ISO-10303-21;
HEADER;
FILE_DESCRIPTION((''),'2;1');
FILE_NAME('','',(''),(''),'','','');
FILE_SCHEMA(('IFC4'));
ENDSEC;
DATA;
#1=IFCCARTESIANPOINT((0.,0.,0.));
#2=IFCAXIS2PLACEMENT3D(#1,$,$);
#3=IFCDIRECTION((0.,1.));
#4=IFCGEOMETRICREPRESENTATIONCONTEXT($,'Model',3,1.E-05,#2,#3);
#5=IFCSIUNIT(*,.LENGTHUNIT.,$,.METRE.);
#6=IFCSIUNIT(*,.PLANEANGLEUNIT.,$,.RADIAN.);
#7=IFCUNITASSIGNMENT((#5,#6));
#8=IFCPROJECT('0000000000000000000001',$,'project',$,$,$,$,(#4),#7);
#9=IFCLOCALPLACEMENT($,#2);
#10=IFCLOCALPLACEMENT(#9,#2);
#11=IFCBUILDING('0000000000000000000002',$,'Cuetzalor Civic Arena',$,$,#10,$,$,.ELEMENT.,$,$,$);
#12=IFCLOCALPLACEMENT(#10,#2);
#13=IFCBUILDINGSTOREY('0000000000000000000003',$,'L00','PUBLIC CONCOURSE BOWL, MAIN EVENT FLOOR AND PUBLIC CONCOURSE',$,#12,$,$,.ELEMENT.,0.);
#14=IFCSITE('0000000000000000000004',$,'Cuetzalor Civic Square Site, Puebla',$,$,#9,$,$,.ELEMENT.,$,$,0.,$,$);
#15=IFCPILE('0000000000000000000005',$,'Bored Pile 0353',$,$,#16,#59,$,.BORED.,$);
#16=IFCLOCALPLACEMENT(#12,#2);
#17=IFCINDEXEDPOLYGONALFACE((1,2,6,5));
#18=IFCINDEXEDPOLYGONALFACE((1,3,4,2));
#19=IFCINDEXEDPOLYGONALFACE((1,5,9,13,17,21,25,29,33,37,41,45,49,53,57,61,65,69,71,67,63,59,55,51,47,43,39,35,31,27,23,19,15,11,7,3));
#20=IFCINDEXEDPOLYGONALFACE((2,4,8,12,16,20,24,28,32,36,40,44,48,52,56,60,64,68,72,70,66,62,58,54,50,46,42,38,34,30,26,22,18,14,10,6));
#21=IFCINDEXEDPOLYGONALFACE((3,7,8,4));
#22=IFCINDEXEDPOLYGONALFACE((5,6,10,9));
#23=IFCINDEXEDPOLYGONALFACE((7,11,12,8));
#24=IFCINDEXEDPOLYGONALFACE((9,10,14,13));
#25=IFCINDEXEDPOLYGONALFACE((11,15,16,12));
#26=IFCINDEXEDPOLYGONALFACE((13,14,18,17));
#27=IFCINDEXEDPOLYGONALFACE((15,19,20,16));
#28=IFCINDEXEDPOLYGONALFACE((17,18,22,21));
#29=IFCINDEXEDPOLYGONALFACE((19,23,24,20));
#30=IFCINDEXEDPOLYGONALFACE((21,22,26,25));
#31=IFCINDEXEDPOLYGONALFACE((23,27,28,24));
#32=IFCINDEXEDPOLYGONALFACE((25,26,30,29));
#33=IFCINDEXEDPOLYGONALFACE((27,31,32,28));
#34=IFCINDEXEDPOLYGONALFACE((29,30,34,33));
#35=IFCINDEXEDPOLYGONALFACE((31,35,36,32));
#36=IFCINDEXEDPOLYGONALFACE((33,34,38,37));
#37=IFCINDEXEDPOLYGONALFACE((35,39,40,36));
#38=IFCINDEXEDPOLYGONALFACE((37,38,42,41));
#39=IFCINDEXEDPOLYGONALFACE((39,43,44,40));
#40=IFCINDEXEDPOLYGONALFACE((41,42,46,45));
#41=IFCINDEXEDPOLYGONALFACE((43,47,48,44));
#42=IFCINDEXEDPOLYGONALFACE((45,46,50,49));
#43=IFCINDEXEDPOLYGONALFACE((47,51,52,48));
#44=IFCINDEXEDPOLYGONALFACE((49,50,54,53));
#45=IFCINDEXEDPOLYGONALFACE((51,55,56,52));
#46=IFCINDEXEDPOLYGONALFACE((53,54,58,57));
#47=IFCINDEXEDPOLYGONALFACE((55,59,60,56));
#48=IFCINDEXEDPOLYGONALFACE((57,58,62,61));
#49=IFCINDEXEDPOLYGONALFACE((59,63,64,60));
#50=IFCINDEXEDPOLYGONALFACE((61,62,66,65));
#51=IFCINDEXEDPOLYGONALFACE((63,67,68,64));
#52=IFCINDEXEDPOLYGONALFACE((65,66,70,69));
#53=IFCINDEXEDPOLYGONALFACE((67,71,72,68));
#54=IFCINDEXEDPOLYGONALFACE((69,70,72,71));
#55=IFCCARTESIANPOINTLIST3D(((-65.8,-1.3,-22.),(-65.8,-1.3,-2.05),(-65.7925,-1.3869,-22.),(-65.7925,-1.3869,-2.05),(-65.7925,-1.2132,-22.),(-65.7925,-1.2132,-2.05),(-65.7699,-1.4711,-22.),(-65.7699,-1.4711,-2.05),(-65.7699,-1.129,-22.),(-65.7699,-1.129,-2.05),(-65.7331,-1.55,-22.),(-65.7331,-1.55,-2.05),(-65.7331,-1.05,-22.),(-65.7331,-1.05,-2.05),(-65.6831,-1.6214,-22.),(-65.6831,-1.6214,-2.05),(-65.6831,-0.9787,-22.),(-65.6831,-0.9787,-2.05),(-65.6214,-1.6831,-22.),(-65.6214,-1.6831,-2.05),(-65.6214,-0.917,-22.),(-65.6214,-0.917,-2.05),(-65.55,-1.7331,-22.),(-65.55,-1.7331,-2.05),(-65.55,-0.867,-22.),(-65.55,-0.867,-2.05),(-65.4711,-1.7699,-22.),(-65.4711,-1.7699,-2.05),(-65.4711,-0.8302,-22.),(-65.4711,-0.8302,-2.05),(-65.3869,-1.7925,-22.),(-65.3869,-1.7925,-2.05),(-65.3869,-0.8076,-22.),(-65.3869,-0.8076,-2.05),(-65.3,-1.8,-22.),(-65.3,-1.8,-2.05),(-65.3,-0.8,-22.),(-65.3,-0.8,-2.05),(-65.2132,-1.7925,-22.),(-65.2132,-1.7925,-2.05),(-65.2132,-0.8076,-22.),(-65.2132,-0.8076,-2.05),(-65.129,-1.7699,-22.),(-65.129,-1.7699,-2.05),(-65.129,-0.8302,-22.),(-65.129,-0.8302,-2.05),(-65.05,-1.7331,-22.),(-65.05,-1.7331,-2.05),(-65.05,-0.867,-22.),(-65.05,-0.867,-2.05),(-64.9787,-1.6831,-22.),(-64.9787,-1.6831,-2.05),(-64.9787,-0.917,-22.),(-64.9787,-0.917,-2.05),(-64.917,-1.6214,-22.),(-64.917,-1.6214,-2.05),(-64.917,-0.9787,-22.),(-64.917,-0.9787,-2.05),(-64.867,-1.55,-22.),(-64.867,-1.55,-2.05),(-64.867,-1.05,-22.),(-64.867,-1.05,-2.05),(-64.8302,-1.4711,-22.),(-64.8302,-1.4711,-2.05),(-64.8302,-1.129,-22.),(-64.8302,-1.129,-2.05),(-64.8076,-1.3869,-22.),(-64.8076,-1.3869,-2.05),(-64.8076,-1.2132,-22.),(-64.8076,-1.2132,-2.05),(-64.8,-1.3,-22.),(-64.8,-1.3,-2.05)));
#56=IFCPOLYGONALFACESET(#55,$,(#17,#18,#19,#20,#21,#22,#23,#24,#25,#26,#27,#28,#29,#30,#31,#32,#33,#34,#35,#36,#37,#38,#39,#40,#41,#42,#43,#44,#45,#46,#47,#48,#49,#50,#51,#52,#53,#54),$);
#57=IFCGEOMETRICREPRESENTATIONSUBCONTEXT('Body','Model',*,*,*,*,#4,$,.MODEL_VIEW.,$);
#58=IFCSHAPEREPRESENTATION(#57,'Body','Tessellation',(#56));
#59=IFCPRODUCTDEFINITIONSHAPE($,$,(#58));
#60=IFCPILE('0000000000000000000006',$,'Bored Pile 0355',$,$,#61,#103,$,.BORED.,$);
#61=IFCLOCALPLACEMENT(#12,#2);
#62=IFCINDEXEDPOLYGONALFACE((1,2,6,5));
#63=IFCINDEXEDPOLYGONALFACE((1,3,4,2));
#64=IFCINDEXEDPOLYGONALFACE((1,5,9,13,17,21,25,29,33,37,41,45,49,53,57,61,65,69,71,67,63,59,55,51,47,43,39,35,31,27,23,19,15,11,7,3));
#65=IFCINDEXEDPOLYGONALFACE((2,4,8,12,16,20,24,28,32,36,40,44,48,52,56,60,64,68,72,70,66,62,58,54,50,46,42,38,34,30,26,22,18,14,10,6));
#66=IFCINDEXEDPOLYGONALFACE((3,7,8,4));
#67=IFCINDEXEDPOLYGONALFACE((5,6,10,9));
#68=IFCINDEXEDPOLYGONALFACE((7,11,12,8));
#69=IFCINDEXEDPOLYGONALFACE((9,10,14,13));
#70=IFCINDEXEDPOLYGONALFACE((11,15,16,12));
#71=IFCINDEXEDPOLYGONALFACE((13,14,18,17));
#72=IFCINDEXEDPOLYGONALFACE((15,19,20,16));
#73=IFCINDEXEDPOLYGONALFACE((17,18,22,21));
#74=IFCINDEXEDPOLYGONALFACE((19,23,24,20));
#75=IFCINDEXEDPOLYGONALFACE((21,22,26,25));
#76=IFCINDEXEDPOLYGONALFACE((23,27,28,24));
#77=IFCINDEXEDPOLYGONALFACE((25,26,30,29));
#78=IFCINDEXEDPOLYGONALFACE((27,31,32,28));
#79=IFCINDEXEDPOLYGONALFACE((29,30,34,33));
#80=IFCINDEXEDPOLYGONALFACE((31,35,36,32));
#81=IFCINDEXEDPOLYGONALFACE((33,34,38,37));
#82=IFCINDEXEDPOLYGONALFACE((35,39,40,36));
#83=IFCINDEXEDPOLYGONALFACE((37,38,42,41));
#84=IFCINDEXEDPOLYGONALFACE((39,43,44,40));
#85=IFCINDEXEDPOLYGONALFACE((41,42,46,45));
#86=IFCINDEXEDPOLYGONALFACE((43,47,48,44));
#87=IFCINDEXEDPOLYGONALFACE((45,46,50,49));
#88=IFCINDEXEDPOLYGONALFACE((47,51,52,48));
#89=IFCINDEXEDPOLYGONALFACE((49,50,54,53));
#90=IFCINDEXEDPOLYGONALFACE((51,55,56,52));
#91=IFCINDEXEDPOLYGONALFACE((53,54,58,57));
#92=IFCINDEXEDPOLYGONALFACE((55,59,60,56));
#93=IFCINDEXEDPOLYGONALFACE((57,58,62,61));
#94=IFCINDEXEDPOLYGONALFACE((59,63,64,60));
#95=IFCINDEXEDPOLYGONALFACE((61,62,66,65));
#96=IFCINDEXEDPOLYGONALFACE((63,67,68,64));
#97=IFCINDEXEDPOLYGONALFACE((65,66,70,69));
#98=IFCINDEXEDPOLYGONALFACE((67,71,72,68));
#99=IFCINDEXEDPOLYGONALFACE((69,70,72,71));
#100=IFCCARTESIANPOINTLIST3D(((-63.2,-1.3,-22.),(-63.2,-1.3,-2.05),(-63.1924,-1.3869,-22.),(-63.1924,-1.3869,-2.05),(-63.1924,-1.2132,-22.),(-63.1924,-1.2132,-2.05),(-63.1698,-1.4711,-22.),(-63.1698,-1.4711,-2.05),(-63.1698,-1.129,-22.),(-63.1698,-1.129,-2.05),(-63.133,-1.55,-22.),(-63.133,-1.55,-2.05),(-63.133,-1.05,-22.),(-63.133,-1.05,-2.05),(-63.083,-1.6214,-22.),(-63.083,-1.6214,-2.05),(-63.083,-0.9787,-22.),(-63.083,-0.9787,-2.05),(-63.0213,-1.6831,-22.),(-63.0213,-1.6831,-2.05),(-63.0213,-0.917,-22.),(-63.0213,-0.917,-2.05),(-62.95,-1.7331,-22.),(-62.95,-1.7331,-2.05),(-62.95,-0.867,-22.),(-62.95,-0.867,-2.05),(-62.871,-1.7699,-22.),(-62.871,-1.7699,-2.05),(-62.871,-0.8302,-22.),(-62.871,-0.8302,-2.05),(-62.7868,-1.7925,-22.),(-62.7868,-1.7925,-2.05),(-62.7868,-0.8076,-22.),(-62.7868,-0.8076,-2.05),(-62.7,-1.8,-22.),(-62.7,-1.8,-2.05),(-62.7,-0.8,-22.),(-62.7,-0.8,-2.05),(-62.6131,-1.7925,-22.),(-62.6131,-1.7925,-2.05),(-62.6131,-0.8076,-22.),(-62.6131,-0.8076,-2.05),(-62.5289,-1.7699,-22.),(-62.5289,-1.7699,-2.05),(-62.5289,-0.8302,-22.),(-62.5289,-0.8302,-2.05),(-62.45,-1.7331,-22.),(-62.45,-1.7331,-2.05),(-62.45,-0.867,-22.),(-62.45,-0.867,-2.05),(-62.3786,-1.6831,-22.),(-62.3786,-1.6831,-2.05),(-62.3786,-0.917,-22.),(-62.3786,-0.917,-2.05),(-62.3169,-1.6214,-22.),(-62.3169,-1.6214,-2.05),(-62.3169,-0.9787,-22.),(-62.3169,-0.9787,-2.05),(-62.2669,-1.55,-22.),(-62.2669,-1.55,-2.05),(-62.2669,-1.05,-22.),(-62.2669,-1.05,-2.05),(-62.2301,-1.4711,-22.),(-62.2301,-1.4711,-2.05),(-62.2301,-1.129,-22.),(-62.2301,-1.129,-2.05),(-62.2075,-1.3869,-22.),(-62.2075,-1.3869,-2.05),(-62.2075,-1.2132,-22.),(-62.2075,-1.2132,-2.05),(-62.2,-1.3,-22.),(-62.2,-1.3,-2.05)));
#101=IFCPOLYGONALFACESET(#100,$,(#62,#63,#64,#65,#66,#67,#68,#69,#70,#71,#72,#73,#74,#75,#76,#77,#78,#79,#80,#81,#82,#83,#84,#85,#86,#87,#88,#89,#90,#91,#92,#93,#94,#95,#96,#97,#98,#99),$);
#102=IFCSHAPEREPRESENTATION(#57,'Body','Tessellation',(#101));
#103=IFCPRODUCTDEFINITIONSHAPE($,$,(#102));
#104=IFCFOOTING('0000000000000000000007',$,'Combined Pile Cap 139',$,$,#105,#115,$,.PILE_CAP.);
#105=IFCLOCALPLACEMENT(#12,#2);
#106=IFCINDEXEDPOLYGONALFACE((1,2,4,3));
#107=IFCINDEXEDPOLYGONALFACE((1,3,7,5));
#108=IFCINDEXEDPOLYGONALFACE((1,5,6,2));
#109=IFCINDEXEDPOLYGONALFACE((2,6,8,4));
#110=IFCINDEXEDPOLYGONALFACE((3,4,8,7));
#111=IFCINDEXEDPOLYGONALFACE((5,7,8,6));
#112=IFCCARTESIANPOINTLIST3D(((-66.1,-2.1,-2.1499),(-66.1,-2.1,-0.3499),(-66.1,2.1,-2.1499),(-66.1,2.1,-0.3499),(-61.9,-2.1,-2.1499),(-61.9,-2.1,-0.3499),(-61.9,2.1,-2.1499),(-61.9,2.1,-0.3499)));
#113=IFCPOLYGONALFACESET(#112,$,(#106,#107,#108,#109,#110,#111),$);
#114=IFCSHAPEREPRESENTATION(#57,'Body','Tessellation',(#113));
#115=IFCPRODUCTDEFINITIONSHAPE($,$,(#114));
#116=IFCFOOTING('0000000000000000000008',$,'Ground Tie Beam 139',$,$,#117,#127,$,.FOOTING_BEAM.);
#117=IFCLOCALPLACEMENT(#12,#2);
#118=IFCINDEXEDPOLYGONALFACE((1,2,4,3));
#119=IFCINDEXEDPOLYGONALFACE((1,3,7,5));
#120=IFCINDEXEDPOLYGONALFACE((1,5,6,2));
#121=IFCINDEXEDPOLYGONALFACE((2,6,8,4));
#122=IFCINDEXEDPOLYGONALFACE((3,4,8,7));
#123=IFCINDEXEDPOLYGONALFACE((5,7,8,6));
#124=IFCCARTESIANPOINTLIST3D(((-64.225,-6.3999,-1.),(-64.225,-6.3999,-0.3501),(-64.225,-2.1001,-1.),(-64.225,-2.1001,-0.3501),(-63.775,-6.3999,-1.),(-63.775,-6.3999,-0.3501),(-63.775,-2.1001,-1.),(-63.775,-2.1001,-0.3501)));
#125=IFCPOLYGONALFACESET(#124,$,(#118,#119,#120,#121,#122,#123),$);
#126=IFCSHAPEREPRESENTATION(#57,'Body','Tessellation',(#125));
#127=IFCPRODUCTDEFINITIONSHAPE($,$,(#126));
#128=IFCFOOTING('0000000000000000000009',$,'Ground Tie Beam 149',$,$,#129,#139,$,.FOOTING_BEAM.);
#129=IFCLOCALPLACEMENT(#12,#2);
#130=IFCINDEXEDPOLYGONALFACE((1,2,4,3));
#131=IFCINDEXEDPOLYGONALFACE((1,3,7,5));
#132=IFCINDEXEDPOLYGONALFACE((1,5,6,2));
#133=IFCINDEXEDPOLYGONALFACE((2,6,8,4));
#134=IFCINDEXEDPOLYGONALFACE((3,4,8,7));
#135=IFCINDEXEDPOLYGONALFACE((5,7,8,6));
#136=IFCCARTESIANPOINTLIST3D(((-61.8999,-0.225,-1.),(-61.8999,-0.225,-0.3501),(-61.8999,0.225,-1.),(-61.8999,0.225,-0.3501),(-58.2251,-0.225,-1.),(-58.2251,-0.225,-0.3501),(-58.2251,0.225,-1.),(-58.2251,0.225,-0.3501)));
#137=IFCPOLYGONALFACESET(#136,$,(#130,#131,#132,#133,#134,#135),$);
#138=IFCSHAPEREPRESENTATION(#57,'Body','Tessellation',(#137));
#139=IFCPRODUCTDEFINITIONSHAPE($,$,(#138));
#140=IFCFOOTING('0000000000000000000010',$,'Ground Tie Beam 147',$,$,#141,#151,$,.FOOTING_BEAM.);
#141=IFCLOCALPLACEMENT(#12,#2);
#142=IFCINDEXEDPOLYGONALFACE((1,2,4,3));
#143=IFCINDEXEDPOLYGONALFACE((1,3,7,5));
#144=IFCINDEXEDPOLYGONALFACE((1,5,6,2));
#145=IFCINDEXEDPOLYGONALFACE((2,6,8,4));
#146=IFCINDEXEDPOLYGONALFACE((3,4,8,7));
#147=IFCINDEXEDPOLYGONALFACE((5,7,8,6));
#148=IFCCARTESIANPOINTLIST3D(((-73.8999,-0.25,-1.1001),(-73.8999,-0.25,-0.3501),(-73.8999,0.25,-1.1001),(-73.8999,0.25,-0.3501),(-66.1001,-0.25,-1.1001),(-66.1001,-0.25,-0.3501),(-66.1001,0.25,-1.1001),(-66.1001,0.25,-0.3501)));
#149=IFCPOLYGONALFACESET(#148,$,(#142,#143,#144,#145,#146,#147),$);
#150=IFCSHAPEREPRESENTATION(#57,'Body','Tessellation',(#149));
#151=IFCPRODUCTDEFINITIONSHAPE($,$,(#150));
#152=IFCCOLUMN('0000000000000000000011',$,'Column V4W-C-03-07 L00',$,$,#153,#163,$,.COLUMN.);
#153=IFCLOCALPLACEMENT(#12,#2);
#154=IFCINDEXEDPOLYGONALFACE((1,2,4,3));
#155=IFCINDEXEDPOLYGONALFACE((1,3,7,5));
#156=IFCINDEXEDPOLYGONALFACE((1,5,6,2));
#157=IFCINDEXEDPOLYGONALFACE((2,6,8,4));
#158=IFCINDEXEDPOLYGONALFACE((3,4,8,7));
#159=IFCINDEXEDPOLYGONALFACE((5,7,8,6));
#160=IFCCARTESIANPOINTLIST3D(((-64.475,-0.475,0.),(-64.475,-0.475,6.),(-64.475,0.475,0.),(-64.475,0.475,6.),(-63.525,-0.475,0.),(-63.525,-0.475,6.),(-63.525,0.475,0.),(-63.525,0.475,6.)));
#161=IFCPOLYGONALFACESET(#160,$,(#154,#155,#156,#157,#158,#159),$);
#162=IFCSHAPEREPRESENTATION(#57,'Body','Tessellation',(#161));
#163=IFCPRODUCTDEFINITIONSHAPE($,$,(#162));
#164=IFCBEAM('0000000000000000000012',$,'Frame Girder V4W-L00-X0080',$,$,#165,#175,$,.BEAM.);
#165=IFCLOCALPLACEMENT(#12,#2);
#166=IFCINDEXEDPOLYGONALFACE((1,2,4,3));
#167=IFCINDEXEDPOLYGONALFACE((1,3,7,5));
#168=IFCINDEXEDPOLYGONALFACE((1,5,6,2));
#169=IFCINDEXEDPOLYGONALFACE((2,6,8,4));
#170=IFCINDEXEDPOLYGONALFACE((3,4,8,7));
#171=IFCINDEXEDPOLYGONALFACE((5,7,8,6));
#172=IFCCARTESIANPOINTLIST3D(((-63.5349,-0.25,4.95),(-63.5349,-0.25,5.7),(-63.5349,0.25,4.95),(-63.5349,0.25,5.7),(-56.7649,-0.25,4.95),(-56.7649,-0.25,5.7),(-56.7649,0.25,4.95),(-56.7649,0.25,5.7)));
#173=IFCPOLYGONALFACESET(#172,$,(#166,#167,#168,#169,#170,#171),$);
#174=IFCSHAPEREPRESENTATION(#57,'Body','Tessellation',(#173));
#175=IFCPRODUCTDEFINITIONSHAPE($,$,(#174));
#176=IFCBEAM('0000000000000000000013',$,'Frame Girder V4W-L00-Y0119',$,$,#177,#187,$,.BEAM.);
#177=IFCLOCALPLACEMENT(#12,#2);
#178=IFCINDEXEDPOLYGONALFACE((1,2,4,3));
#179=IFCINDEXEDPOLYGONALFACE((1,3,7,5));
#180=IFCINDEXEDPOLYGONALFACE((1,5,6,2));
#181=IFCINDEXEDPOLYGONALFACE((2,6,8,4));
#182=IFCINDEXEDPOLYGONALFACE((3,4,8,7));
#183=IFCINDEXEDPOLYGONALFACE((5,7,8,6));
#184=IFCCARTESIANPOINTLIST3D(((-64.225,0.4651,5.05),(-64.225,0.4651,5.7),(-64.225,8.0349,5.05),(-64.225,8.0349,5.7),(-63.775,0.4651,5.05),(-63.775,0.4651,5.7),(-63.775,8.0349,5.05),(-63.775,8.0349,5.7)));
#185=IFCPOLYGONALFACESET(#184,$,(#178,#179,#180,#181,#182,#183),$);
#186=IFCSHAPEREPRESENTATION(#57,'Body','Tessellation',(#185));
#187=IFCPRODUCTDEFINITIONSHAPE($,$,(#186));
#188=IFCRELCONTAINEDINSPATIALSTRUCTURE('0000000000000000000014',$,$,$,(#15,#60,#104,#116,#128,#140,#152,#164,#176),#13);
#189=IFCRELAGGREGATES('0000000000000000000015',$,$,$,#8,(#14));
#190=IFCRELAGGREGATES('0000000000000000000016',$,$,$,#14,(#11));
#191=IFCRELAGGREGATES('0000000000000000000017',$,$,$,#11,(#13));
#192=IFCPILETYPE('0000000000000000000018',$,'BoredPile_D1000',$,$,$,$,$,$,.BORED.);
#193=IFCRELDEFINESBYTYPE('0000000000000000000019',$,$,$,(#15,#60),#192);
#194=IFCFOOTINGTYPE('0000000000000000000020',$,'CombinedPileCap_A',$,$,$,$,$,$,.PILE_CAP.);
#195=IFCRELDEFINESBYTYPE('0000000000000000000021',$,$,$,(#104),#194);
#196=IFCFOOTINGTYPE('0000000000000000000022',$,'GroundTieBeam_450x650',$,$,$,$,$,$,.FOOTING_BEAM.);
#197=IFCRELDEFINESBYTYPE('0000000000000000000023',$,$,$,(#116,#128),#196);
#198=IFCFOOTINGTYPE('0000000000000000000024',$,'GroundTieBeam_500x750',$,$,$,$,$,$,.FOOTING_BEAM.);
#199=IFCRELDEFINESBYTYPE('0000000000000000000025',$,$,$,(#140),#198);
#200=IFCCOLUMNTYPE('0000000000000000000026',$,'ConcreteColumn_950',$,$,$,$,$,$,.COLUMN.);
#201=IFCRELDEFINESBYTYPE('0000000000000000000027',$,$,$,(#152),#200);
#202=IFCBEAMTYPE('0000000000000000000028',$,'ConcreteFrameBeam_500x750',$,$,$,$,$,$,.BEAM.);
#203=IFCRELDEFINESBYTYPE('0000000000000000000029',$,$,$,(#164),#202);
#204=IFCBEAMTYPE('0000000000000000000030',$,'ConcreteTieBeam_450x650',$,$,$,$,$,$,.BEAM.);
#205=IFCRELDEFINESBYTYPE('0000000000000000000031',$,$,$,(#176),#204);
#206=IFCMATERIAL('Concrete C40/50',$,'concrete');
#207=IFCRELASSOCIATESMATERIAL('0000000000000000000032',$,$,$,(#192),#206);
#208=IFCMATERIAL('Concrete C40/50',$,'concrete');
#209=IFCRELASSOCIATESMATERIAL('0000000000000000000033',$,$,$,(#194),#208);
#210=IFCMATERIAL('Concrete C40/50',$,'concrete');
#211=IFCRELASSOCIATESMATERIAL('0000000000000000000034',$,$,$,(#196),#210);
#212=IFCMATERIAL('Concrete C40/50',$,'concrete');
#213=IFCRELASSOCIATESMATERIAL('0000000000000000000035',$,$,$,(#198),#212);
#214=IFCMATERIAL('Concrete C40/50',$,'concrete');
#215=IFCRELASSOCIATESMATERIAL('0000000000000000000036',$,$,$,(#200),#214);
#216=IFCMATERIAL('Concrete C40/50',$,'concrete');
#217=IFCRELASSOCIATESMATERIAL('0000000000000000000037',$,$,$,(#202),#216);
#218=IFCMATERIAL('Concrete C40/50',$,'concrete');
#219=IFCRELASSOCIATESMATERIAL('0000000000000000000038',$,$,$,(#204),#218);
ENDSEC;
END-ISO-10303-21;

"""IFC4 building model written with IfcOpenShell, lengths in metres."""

from ifc_helpers import new_model, si_unit, direction, frame, origin, origin_2d, place, context, subcontext, project, spatial, rectangle, circle, extrude, material, material_profile, profile_set, type_object, element, save


model = new_model("IFC4")

# Units and contexts
model_context = context("Model", 3, precision=1e-05, world=origin(), true_north=direction((0.0, 1.0)))
body_context = subcontext(model_context, "Body", "Model", "MODEL_VIEW")
ifc_project = project(units=[si_unit("LENGTHUNIT", "METRE"), si_unit("PLANEANGLEUNIT", "RADIAN")], contexts=[model_context])

# Site, building, storey
site_placement = place(None, origin())
site = spatial("IfcSite", under=ifc_project, at=site_placement, Name="Cuetzalor Civic Square Site, Puebla", CompositionType="ELEMENT", RefElevation=0.0)
building_placement = place(site_placement, origin())
building = spatial("IfcBuilding", under=site, at=building_placement, Name="Cuetzalor Civic Arena", CompositionType="ELEMENT")
storey_placement = place(building_placement, origin())
storey = spatial("IfcBuildingStorey", under=building, at=storey_placement, Name="L00", Description="PUBLIC CONCOURSE BOWL, MAIN EVENT FLOOR AND PUBLIC CONCOURSE", CompositionType="ELEMENT", Elevation=0.0)

# Piles
ifc_material_1 = material(Name="Concrete C40/50", Category="concrete")
ifc_material_profile_1 = material_profile(ifc_material_1, circle(Radius=0.5, at=origin_2d()), Name="BORED PILE D1000")
ifc_profile_set_1 = profile_set([ifc_material_profile_1], Name="Concrete C40/50")
pile_type = type_object("IfcPileType", Name="BoredPile_D1000", PredefinedType="BORED", material=ifc_profile_set_1)
for number, where, z_axis, x_axis, name in (
    (1, (-65.3, -1.3, -2.05), (0.0, 0.0, -1.0), (1.0, 0.0, 0.0), "Bored Pile 0353"),
    (2, (-62.7, -1.3, -2.05), (0.0, 0.0, -1.0), (1.0, 0.0, 0.0), "Bored Pile 0355"),
):
    element("IfcPile", number, at=place(storey_placement, frame(where, z_axis=z_axis, x_axis=x_axis)), inside=storey, type_object=pile_type, Name=name, PredefinedType="BORED", context=body_context, shape_type="SweptSolid", body=[
        extrude(circle(Radius=0.5, at=origin_2d()), origin(), (0.0, 0.0, 1.0), 19.95),
    ])

# Footings
ifc_material_2 = material(Name="Concrete C40/50", Category="concrete")
footing_type_1 = type_object("IfcFootingType", Name="CombinedPileCap_A", PredefinedType="PILE_CAP", material=ifc_material_2)
footing_1_placement = place(storey_placement, frame((-64.0, 0.0, -2.1499), z_axis=(0.0, 0.0, 1.0), x_axis=(1.0, 0.0, 0.0)))
element("IfcFooting", 3, at=footing_1_placement, inside=storey, type_object=footing_type_1, Name="Combined Pile Cap 139", PredefinedType="PILE_CAP", context=body_context, shape_type="SweptSolid", body=[
    extrude(rectangle(XDim=4.2, YDim=4.2, at=origin_2d()), origin(), (0.0, 0.0, 1.0), 1.8),
])
ifc_material_3 = material(Name="Concrete C40/50", Category="concrete")
ifc_material_profile_2 = material_profile(ifc_material_3, rectangle(XDim=0.45, YDim=0.6499, at=origin_2d()), Name="RC 450x650")
ifc_profile_set_2 = profile_set([ifc_material_profile_2], Name="Concrete C40/50")
footing_type_2 = type_object("IfcFootingType", Name="GroundTieBeam_450x650", PredefinedType="FOOTING_BEAM", material=ifc_profile_set_2)
footing_2_placement = place(storey_placement, frame((-64.0, -6.3999, -0.675), z_axis=(0.0, 1.0, 0.0), x_axis=(-1.0, 0.0, 0.0)))
element("IfcFooting", 4, at=footing_2_placement, inside=storey, type_object=footing_type_2, Name="Ground Tie Beam 139", PredefinedType="FOOTING_BEAM", context=body_context, shape_type="SweptSolid", body=[
    extrude(rectangle(XDim=0.45, YDim=0.6499, at=origin_2d()), origin(), (0.0, 0.0, 1.0), 4.2998),
])
footing_3_placement = place(storey_placement, frame((-61.8999, 0.0, -0.675), z_axis=(1.0, 0.0, 0.0), x_axis=(0.0, 1.0, 0.0)))
element("IfcFooting", 5, at=footing_3_placement, inside=storey, type_object=footing_type_2, Name="Ground Tie Beam 149", PredefinedType="FOOTING_BEAM", context=body_context, shape_type="SweptSolid", body=[
    extrude(rectangle(XDim=0.45, YDim=0.6499, at=origin_2d()), origin(), (0.0, 0.0, 1.0), 3.6748),
])
ifc_material_4 = material(Name="Concrete C40/50", Category="concrete")
ifc_material_profile_3 = material_profile(ifc_material_4, rectangle(XDim=0.5, YDim=0.75, at=origin_2d()), Name="RC 500x750")
ifc_profile_set_3 = profile_set([ifc_material_profile_3], Name="Concrete C40/50")
footing_type_3 = type_object("IfcFootingType", Name="GroundTieBeam_500x750", PredefinedType="FOOTING_BEAM", material=ifc_profile_set_3)
footing_4_placement = place(storey_placement, frame((-73.8999, 0.0, -0.7251), z_axis=(1.0, 0.0, 0.0), x_axis=(0.0, 1.0, 0.0)))
element("IfcFooting", 6, at=footing_4_placement, inside=storey, type_object=footing_type_3, Name="Ground Tie Beam 147", PredefinedType="FOOTING_BEAM", context=body_context, shape_type="SweptSolid", body=[
    extrude(rectangle(XDim=0.5, YDim=0.75, at=origin_2d()), origin(), (0.0, 0.0, 1.0), 7.7998),
])

# Column
ifc_material_5 = material(Name="Concrete C40/50", Category="concrete")
ifc_material_profile_4 = material_profile(ifc_material_5, rectangle(XDim=0.95, YDim=0.95, at=origin_2d()), Name="RC 950x950")
ifc_profile_set_4 = profile_set([ifc_material_profile_4], Name="Concrete C40/50")
column_type = type_object("IfcColumnType", Name="ConcreteColumn_950", PredefinedType="COLUMN", material=ifc_profile_set_4)
column_placement = place(storey_placement, frame((-64.0, 0.0, 0.0), z_axis=(0.0, 0.0, 1.0), x_axis=(1.0, 0.0, 0.0)))
element("IfcColumn", 7, at=column_placement, inside=storey, type_object=column_type, Name="Column V4W-C-03-07 L00", PredefinedType="COLUMN", context=body_context, shape_type="SweptSolid", body=[
    extrude(rectangle(XDim=0.95, YDim=0.95, at=origin_2d()), origin(), (0.0, 0.0, 1.0), 6.0),
])

# Beams
ifc_material_6 = material(Name="Concrete C40/50", Category="concrete")
ifc_material_profile_5 = material_profile(ifc_material_6, rectangle(XDim=0.5, YDim=0.75, at=origin_2d()), Name="RC 500x750")
ifc_profile_set_5 = profile_set([ifc_material_profile_5], Name="Concrete C40/50")
beam_type_1 = type_object("IfcBeamType", Name="ConcreteFrameBeam_500x750", PredefinedType="BEAM", material=ifc_profile_set_5)
beam_1_placement = place(storey_placement, frame((-63.5349, 0.0, 5.325), z_axis=(1.0, 0.0, 0.0), x_axis=(0.0, 1.0, 0.0)))
element("IfcBeam", 8, at=beam_1_placement, inside=storey, type_object=beam_type_1, Name="Frame Girder V4W-L00-X0080", PredefinedType="BEAM", context=body_context, shape_type="SweptSolid", body=[
    extrude(rectangle(XDim=0.5, YDim=0.75, at=origin_2d()), origin(), (0.0, 0.0, 1.0), 6.77),
])
ifc_material_7 = material(Name="Concrete C40/50", Category="concrete")
ifc_material_profile_6 = material_profile(ifc_material_7, rectangle(XDim=0.45, YDim=0.6499, at=origin_2d()), Name="RC 450x650")
ifc_profile_set_6 = profile_set([ifc_material_profile_6], Name="Concrete C40/50")
beam_type_2 = type_object("IfcBeamType", Name="ConcreteTieBeam_450x650", PredefinedType="BEAM", material=ifc_profile_set_6)
beam_2_placement = place(storey_placement, frame((-64.0, 0.4651, 5.375), z_axis=(0.0, 1.0, 0.0), x_axis=(-1.0, 0.0, 0.0)))
element("IfcBeam", 9, at=beam_2_placement, inside=storey, type_object=beam_type_2, Name="Frame Girder V4W-L00-Y0119", PredefinedType="BEAM", context=body_context, shape_type="SweptSolid", body=[
    extrude(rectangle(XDim=0.45, YDim=0.6499, at=origin_2d()), origin(), (0.0, 0.0, 1.0), 7.5698),
])

save(model, "model.ifc")
